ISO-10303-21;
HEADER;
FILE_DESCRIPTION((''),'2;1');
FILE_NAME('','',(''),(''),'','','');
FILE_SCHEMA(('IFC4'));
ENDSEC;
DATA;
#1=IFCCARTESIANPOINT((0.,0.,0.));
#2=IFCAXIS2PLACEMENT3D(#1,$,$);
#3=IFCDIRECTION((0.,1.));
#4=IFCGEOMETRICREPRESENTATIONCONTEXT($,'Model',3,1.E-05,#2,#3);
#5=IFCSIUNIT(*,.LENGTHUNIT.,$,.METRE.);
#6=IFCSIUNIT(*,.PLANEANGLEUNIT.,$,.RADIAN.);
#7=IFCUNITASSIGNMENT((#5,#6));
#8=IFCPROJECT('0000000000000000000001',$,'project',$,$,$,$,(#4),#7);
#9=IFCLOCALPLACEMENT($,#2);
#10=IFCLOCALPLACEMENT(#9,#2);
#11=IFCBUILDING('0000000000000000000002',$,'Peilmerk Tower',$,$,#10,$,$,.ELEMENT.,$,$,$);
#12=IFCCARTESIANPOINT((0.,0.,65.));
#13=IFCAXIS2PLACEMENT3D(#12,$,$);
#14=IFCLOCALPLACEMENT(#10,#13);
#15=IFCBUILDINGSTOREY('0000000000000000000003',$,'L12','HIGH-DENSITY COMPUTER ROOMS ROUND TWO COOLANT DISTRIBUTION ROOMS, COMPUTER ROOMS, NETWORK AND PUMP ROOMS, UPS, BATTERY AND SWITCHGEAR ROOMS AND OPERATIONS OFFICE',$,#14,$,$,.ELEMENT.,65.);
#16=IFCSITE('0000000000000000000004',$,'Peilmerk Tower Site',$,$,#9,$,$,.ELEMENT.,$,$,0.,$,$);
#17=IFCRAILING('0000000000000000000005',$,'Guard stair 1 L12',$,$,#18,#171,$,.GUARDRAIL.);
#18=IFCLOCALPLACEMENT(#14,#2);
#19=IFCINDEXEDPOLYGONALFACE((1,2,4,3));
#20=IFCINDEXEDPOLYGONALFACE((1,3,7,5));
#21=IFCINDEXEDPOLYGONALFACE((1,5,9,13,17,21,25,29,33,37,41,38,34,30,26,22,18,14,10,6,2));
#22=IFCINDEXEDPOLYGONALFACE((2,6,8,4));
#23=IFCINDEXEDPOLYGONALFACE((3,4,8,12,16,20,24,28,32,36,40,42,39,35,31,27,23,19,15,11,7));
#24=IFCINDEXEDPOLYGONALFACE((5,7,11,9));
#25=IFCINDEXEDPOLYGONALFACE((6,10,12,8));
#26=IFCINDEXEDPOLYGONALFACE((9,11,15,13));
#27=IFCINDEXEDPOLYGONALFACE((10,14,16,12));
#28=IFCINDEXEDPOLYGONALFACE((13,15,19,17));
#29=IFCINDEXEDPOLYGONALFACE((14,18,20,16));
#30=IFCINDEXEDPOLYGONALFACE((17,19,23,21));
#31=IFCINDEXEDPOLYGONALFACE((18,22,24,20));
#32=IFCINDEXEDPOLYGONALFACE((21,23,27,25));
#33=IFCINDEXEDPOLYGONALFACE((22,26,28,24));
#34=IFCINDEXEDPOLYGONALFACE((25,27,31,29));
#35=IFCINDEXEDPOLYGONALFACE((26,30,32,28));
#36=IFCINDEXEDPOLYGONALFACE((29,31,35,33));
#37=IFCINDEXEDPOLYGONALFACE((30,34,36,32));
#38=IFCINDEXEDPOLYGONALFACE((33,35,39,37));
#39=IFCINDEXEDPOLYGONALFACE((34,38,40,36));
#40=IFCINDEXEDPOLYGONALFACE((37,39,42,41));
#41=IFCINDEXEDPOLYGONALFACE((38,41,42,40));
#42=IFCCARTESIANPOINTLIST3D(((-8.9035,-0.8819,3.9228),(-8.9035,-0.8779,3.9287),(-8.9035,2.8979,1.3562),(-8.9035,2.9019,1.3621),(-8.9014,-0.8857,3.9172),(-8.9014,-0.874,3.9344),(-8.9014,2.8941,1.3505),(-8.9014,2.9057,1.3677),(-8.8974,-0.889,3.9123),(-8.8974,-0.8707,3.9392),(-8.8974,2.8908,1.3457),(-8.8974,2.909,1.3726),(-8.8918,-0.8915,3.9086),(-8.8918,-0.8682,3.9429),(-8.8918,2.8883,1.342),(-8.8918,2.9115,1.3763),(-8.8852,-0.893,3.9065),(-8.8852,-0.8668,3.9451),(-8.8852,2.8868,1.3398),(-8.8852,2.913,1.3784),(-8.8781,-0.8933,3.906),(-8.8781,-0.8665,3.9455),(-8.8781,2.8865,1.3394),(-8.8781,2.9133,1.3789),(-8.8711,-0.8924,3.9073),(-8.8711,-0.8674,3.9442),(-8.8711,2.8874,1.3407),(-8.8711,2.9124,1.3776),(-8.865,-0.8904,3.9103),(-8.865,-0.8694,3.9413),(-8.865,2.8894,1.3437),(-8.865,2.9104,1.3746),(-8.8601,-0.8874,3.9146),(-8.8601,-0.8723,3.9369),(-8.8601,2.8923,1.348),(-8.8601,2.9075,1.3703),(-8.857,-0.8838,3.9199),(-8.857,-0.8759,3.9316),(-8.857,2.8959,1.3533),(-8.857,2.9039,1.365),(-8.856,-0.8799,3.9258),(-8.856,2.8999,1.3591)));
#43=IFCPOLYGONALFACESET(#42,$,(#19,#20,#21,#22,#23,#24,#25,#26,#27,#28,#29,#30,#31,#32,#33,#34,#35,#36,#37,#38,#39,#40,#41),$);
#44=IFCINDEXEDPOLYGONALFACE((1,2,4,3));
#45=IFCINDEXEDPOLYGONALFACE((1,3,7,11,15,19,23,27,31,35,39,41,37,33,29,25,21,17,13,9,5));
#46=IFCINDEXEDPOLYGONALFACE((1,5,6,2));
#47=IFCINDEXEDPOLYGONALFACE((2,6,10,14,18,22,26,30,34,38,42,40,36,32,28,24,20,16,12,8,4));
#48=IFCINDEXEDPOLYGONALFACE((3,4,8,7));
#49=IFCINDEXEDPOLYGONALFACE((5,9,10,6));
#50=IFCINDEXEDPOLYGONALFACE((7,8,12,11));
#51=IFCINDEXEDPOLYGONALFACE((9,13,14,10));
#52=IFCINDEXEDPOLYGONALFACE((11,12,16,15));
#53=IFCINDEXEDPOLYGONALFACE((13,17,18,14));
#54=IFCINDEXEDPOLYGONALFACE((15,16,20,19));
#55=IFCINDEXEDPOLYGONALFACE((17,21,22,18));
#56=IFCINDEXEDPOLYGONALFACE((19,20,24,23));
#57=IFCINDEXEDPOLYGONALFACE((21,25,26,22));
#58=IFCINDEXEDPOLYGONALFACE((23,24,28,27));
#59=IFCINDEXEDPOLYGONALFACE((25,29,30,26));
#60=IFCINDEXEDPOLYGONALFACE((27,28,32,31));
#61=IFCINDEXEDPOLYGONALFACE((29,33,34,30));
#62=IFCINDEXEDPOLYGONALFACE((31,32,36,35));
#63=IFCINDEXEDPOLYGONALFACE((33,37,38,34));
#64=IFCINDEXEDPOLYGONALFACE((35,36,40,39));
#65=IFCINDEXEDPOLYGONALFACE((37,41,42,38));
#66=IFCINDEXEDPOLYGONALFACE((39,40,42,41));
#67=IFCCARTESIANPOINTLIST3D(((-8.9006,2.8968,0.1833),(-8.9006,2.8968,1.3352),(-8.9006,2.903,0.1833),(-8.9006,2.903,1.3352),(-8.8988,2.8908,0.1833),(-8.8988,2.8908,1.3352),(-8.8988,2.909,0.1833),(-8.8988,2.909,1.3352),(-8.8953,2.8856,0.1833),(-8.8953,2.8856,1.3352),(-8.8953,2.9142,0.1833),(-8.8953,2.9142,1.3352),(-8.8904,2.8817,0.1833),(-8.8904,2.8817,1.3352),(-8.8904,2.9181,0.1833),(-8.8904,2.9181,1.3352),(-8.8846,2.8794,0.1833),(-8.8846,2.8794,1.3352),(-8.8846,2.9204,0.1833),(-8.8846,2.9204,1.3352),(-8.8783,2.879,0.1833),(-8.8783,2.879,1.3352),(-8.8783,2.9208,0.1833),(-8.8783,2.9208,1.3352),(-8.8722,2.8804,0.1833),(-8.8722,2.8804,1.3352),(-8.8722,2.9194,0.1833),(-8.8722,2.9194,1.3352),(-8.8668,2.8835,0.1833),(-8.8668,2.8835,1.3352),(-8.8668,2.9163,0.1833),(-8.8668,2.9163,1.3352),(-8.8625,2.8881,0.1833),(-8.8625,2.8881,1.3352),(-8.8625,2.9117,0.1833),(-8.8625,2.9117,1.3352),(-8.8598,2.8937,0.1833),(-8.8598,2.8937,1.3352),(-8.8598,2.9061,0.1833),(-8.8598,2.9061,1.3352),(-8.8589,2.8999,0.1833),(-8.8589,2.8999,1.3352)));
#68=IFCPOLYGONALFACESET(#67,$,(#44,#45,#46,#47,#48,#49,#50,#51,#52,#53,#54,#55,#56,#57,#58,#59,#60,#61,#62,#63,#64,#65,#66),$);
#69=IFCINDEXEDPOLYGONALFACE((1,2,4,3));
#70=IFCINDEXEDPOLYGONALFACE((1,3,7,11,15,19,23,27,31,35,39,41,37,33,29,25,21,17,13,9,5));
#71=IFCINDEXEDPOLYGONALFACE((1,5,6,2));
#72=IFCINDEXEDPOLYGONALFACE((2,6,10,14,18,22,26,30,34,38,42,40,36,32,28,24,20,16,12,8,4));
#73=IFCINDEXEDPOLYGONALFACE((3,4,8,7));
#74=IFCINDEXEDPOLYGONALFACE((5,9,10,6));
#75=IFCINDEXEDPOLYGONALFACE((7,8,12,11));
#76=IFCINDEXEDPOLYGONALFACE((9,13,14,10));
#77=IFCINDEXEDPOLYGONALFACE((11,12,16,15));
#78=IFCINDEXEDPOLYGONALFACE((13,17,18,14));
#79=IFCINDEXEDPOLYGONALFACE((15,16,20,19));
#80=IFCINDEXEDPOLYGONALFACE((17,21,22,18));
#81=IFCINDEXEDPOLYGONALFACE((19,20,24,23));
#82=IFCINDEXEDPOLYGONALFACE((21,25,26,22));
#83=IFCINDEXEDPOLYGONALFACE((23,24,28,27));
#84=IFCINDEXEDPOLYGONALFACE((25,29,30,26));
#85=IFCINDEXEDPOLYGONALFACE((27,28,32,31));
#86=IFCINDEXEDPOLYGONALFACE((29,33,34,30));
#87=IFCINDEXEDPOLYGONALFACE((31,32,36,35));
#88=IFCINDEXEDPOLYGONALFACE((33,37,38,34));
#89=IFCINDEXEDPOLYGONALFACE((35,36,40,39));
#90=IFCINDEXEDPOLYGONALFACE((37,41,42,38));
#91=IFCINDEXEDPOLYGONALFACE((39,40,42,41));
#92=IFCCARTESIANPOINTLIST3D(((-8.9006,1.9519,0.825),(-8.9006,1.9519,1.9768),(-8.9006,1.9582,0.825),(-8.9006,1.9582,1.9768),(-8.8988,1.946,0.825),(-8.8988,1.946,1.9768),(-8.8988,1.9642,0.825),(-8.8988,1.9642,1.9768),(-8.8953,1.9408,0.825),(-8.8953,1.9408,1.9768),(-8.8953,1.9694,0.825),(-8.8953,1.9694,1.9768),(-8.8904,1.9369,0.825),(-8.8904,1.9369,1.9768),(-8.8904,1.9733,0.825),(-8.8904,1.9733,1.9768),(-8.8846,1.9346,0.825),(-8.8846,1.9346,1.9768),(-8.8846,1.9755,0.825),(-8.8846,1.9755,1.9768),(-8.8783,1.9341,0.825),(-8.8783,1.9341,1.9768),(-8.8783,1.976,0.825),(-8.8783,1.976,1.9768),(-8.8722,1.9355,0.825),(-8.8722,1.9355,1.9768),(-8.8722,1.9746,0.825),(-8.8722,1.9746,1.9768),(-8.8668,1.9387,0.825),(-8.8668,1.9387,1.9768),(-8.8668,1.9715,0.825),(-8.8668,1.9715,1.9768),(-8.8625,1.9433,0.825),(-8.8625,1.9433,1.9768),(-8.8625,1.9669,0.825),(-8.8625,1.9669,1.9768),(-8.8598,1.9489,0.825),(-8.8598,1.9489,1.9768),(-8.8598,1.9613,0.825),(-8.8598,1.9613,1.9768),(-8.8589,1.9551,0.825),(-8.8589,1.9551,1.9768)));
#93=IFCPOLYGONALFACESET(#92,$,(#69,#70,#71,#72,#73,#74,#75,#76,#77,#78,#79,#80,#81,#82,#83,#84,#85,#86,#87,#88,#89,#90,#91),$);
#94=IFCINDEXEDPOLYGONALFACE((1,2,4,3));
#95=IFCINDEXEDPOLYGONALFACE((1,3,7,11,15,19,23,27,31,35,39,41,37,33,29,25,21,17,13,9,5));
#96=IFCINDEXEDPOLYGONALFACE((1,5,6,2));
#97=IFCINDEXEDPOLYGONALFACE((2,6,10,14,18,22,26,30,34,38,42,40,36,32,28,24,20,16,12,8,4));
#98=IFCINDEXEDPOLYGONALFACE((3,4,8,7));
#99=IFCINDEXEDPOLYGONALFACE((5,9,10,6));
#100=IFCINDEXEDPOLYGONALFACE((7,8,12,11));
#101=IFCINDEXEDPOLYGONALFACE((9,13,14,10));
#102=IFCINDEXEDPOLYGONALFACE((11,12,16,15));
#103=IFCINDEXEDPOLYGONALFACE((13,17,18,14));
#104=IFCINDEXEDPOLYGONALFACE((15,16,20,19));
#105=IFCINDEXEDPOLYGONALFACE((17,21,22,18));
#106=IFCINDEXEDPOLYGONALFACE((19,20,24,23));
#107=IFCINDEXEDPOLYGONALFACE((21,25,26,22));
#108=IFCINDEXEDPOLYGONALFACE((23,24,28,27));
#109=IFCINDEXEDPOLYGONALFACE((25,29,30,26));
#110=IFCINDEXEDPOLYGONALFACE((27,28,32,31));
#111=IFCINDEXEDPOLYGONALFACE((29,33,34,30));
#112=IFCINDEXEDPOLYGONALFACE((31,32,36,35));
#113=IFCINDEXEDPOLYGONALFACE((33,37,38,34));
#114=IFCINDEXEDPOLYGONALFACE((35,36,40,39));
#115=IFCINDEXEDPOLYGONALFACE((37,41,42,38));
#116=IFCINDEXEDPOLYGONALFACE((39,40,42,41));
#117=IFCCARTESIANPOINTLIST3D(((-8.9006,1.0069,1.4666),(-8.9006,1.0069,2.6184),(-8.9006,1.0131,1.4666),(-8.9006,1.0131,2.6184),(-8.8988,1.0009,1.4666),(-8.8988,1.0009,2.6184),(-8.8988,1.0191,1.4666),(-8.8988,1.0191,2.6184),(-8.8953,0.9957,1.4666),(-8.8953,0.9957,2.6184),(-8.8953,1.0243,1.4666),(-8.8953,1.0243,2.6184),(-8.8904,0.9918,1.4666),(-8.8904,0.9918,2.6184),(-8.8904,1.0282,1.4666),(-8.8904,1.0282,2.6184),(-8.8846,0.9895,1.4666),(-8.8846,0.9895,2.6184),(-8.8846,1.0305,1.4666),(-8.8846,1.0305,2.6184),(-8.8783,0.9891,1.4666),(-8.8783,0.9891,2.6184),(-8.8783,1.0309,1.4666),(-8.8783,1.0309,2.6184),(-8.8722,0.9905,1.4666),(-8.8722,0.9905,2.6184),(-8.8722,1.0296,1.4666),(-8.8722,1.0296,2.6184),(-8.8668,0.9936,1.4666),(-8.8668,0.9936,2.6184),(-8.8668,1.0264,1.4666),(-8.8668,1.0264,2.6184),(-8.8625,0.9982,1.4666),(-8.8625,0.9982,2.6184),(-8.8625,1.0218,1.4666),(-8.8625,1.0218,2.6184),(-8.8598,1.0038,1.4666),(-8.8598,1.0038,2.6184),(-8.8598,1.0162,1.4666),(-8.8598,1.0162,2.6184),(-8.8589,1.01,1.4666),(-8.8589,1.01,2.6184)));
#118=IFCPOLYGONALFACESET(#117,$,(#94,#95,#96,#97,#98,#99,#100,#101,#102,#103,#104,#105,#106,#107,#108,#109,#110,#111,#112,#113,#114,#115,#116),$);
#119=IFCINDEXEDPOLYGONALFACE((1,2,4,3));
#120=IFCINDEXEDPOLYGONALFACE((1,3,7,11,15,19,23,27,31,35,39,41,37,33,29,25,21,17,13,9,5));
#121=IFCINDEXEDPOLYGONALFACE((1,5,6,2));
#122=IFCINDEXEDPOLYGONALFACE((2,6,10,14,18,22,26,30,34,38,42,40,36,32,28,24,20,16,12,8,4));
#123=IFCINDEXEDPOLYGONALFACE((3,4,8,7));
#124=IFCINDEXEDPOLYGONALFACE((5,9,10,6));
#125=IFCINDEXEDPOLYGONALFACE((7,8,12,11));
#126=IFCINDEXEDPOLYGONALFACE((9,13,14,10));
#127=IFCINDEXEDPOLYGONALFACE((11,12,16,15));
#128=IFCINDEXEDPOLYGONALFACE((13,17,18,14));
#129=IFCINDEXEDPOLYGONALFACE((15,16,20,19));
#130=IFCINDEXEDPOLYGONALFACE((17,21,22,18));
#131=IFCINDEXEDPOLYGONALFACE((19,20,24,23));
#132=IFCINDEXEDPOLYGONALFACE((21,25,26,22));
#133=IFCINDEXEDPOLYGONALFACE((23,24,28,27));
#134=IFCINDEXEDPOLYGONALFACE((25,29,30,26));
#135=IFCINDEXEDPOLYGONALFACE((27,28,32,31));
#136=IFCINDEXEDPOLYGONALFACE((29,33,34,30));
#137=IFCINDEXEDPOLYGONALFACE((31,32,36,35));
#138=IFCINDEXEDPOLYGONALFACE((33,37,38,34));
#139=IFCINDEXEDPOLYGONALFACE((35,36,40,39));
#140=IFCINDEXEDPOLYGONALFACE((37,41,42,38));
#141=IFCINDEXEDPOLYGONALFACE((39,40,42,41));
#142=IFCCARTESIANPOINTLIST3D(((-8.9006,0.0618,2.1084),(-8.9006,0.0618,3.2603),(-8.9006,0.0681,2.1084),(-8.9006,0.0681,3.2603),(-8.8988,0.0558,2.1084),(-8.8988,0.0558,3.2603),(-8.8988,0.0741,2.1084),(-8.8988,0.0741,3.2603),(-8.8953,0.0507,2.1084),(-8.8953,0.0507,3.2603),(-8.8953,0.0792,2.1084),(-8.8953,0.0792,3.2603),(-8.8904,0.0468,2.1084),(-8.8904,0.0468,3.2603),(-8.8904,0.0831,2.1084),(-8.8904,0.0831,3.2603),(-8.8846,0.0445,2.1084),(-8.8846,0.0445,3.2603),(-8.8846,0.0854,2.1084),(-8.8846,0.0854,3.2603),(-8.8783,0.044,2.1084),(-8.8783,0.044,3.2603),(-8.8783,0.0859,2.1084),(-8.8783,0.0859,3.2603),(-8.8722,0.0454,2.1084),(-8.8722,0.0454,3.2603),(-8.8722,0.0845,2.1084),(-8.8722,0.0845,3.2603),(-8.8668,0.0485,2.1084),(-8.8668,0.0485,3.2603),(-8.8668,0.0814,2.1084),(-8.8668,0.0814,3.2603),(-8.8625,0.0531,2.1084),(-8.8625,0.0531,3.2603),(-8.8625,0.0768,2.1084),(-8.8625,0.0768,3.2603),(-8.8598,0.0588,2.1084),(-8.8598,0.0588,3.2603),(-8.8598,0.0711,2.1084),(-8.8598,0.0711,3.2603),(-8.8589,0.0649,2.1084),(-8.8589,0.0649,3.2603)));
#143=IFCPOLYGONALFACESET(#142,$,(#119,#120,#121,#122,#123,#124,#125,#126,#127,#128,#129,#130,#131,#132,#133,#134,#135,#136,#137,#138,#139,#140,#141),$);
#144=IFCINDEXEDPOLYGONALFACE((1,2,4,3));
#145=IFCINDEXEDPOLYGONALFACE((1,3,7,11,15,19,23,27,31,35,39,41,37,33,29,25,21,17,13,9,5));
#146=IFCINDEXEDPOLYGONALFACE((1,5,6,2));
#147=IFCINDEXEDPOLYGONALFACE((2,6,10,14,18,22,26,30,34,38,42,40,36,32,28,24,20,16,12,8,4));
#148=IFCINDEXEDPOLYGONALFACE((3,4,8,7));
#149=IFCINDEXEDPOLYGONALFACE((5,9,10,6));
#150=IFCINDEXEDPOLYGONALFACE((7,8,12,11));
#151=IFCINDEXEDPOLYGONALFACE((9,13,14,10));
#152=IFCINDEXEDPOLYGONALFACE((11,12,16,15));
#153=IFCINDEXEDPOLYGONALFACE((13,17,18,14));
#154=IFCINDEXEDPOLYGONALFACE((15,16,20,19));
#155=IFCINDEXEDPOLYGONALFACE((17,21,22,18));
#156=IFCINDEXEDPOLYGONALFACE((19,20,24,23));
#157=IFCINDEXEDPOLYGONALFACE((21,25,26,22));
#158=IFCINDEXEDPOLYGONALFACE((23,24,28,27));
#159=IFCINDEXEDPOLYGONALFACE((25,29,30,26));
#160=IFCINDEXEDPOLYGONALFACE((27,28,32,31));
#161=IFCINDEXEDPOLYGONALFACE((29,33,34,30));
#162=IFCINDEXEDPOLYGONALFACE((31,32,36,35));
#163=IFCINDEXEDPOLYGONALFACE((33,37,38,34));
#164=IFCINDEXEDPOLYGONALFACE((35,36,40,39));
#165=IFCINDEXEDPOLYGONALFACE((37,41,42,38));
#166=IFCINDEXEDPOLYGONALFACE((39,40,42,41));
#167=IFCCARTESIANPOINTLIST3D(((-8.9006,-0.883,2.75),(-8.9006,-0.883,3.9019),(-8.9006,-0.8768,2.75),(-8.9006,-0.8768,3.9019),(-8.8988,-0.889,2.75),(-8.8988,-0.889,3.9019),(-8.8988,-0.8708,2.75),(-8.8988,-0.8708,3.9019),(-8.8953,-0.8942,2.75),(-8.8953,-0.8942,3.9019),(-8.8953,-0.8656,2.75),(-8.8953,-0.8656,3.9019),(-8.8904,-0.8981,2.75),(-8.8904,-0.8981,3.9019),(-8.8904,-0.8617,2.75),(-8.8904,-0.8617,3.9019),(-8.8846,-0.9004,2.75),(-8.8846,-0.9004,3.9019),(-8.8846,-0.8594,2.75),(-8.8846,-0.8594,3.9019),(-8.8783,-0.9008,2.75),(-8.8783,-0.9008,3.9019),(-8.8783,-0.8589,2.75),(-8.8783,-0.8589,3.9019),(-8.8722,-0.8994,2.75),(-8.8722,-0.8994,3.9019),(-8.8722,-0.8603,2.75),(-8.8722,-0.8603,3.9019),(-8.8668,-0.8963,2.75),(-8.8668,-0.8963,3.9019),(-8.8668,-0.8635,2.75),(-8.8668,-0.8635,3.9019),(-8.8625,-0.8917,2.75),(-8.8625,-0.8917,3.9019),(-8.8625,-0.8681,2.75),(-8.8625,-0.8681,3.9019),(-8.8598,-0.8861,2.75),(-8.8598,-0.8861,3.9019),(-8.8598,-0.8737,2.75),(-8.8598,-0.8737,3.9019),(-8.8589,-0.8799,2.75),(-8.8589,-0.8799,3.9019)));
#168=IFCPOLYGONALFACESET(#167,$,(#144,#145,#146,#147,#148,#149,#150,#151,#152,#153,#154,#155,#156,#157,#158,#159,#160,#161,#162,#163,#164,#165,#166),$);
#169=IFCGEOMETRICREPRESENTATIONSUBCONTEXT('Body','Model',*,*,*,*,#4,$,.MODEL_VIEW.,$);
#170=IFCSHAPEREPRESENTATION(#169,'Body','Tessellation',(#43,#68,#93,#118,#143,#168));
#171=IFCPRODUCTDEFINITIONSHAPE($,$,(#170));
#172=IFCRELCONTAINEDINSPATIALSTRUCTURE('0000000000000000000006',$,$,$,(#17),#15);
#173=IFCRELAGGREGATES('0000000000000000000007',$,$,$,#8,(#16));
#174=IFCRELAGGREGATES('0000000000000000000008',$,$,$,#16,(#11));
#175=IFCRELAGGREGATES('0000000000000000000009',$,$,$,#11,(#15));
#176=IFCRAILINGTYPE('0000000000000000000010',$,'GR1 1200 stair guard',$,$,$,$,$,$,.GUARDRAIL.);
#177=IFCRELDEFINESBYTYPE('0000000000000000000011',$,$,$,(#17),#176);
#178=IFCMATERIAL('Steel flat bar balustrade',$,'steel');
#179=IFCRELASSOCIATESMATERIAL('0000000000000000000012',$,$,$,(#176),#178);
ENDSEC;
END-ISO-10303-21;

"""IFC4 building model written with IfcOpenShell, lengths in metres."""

from ifc_helpers import new_model, si_unit, direction, frame, origin, origin_2d, place, context, subcontext, project, spatial, circle, extrude, material, type_object, element, save


model = new_model("IFC4")

# Units and contexts
model_context = context("Model", 3, precision=1e-05, world=origin(), true_north=direction((0.0, 1.0)))
body_context = subcontext(model_context, "Body", "Model", "MODEL_VIEW")
ifc_project = project(units=[si_unit("LENGTHUNIT", "METRE"), si_unit("PLANEANGLEUNIT", "RADIAN")], contexts=[model_context])

# Site, building, storey
site_placement = place(None, origin())
site = spatial("IfcSite", under=ifc_project, at=site_placement, Name="Peilmerk Tower Site", CompositionType="ELEMENT", RefElevation=0.0)
building_placement = place(site_placement, origin())
building = spatial("IfcBuilding", under=site, at=building_placement, Name="Peilmerk Tower", CompositionType="ELEMENT")
storey_placement = place(building_placement, frame((0.0, 0.0, 65.0)))
storey = spatial("IfcBuildingStorey", under=building, at=storey_placement, Name="L12", Description="HIGH-DENSITY COMPUTER ROOMS ROUND TWO COOLANT DISTRIBUTION ROOMS, COMPUTER ROOMS, NETWORK AND PUMP ROOMS, UPS, BATTERY AND SWITCHGEAR ROOMS AND OPERATIONS OFFICE", CompositionType="ELEMENT", Elevation=65.0)

# Railing
ifc_material_1 = material(Name="Steel flat bar balustrade", Category="steel")
railing_type_1 = type_object("IfcRailingType", Name="GR1 1200 stair guard", PredefinedType="GUARDRAIL", material=ifc_material_1)
railing_1_placement = place(storey_placement, frame((-8.8799, 2.8999, 0.1833)))
element("IfcRailing", 1, at=railing_1_placement, inside=storey, type_object=railing_type_1, Name="Guard stair 1 L12", PredefinedType="GUARDRAIL", context=body_context, shape_type="SweptSolid", body=[
    extrude(circle(Radius=0.0239, at=origin_2d()), frame((0.0, 0.0, 1.1758), z_axis=(0.0, -0.827293, 0.561771), x_axis=(1.0, 0.0, 0.0)), (0.0, 0.0, 1.0), 4.5688),
    extrude(circle(Radius=0.021, at=origin_2d()), origin(), (0.0, 0.0, 1.0), 1.1519),
    extrude(circle(Radius=0.021, at=origin_2d()), frame((0.0, -0.9448, 0.6416)), (0.0, 0.0, 1.0), 1.1519),
    extrude(circle(Radius=0.021, at=origin_2d()), frame((0.0, -1.8899, 1.2832)), (0.0, 0.0, 1.0), 1.1519),
    extrude(circle(Radius=0.021, at=origin_2d()), frame((0.0, -2.835, 1.925)), (0.0, 0.0, 1.0), 1.1519),
    extrude(circle(Radius=0.021, at=origin_2d()), frame((0.0, -3.7798, 2.5667)), (0.0, 0.0, 1.0), 1.1519),
])

save(model, "model.ifc")
